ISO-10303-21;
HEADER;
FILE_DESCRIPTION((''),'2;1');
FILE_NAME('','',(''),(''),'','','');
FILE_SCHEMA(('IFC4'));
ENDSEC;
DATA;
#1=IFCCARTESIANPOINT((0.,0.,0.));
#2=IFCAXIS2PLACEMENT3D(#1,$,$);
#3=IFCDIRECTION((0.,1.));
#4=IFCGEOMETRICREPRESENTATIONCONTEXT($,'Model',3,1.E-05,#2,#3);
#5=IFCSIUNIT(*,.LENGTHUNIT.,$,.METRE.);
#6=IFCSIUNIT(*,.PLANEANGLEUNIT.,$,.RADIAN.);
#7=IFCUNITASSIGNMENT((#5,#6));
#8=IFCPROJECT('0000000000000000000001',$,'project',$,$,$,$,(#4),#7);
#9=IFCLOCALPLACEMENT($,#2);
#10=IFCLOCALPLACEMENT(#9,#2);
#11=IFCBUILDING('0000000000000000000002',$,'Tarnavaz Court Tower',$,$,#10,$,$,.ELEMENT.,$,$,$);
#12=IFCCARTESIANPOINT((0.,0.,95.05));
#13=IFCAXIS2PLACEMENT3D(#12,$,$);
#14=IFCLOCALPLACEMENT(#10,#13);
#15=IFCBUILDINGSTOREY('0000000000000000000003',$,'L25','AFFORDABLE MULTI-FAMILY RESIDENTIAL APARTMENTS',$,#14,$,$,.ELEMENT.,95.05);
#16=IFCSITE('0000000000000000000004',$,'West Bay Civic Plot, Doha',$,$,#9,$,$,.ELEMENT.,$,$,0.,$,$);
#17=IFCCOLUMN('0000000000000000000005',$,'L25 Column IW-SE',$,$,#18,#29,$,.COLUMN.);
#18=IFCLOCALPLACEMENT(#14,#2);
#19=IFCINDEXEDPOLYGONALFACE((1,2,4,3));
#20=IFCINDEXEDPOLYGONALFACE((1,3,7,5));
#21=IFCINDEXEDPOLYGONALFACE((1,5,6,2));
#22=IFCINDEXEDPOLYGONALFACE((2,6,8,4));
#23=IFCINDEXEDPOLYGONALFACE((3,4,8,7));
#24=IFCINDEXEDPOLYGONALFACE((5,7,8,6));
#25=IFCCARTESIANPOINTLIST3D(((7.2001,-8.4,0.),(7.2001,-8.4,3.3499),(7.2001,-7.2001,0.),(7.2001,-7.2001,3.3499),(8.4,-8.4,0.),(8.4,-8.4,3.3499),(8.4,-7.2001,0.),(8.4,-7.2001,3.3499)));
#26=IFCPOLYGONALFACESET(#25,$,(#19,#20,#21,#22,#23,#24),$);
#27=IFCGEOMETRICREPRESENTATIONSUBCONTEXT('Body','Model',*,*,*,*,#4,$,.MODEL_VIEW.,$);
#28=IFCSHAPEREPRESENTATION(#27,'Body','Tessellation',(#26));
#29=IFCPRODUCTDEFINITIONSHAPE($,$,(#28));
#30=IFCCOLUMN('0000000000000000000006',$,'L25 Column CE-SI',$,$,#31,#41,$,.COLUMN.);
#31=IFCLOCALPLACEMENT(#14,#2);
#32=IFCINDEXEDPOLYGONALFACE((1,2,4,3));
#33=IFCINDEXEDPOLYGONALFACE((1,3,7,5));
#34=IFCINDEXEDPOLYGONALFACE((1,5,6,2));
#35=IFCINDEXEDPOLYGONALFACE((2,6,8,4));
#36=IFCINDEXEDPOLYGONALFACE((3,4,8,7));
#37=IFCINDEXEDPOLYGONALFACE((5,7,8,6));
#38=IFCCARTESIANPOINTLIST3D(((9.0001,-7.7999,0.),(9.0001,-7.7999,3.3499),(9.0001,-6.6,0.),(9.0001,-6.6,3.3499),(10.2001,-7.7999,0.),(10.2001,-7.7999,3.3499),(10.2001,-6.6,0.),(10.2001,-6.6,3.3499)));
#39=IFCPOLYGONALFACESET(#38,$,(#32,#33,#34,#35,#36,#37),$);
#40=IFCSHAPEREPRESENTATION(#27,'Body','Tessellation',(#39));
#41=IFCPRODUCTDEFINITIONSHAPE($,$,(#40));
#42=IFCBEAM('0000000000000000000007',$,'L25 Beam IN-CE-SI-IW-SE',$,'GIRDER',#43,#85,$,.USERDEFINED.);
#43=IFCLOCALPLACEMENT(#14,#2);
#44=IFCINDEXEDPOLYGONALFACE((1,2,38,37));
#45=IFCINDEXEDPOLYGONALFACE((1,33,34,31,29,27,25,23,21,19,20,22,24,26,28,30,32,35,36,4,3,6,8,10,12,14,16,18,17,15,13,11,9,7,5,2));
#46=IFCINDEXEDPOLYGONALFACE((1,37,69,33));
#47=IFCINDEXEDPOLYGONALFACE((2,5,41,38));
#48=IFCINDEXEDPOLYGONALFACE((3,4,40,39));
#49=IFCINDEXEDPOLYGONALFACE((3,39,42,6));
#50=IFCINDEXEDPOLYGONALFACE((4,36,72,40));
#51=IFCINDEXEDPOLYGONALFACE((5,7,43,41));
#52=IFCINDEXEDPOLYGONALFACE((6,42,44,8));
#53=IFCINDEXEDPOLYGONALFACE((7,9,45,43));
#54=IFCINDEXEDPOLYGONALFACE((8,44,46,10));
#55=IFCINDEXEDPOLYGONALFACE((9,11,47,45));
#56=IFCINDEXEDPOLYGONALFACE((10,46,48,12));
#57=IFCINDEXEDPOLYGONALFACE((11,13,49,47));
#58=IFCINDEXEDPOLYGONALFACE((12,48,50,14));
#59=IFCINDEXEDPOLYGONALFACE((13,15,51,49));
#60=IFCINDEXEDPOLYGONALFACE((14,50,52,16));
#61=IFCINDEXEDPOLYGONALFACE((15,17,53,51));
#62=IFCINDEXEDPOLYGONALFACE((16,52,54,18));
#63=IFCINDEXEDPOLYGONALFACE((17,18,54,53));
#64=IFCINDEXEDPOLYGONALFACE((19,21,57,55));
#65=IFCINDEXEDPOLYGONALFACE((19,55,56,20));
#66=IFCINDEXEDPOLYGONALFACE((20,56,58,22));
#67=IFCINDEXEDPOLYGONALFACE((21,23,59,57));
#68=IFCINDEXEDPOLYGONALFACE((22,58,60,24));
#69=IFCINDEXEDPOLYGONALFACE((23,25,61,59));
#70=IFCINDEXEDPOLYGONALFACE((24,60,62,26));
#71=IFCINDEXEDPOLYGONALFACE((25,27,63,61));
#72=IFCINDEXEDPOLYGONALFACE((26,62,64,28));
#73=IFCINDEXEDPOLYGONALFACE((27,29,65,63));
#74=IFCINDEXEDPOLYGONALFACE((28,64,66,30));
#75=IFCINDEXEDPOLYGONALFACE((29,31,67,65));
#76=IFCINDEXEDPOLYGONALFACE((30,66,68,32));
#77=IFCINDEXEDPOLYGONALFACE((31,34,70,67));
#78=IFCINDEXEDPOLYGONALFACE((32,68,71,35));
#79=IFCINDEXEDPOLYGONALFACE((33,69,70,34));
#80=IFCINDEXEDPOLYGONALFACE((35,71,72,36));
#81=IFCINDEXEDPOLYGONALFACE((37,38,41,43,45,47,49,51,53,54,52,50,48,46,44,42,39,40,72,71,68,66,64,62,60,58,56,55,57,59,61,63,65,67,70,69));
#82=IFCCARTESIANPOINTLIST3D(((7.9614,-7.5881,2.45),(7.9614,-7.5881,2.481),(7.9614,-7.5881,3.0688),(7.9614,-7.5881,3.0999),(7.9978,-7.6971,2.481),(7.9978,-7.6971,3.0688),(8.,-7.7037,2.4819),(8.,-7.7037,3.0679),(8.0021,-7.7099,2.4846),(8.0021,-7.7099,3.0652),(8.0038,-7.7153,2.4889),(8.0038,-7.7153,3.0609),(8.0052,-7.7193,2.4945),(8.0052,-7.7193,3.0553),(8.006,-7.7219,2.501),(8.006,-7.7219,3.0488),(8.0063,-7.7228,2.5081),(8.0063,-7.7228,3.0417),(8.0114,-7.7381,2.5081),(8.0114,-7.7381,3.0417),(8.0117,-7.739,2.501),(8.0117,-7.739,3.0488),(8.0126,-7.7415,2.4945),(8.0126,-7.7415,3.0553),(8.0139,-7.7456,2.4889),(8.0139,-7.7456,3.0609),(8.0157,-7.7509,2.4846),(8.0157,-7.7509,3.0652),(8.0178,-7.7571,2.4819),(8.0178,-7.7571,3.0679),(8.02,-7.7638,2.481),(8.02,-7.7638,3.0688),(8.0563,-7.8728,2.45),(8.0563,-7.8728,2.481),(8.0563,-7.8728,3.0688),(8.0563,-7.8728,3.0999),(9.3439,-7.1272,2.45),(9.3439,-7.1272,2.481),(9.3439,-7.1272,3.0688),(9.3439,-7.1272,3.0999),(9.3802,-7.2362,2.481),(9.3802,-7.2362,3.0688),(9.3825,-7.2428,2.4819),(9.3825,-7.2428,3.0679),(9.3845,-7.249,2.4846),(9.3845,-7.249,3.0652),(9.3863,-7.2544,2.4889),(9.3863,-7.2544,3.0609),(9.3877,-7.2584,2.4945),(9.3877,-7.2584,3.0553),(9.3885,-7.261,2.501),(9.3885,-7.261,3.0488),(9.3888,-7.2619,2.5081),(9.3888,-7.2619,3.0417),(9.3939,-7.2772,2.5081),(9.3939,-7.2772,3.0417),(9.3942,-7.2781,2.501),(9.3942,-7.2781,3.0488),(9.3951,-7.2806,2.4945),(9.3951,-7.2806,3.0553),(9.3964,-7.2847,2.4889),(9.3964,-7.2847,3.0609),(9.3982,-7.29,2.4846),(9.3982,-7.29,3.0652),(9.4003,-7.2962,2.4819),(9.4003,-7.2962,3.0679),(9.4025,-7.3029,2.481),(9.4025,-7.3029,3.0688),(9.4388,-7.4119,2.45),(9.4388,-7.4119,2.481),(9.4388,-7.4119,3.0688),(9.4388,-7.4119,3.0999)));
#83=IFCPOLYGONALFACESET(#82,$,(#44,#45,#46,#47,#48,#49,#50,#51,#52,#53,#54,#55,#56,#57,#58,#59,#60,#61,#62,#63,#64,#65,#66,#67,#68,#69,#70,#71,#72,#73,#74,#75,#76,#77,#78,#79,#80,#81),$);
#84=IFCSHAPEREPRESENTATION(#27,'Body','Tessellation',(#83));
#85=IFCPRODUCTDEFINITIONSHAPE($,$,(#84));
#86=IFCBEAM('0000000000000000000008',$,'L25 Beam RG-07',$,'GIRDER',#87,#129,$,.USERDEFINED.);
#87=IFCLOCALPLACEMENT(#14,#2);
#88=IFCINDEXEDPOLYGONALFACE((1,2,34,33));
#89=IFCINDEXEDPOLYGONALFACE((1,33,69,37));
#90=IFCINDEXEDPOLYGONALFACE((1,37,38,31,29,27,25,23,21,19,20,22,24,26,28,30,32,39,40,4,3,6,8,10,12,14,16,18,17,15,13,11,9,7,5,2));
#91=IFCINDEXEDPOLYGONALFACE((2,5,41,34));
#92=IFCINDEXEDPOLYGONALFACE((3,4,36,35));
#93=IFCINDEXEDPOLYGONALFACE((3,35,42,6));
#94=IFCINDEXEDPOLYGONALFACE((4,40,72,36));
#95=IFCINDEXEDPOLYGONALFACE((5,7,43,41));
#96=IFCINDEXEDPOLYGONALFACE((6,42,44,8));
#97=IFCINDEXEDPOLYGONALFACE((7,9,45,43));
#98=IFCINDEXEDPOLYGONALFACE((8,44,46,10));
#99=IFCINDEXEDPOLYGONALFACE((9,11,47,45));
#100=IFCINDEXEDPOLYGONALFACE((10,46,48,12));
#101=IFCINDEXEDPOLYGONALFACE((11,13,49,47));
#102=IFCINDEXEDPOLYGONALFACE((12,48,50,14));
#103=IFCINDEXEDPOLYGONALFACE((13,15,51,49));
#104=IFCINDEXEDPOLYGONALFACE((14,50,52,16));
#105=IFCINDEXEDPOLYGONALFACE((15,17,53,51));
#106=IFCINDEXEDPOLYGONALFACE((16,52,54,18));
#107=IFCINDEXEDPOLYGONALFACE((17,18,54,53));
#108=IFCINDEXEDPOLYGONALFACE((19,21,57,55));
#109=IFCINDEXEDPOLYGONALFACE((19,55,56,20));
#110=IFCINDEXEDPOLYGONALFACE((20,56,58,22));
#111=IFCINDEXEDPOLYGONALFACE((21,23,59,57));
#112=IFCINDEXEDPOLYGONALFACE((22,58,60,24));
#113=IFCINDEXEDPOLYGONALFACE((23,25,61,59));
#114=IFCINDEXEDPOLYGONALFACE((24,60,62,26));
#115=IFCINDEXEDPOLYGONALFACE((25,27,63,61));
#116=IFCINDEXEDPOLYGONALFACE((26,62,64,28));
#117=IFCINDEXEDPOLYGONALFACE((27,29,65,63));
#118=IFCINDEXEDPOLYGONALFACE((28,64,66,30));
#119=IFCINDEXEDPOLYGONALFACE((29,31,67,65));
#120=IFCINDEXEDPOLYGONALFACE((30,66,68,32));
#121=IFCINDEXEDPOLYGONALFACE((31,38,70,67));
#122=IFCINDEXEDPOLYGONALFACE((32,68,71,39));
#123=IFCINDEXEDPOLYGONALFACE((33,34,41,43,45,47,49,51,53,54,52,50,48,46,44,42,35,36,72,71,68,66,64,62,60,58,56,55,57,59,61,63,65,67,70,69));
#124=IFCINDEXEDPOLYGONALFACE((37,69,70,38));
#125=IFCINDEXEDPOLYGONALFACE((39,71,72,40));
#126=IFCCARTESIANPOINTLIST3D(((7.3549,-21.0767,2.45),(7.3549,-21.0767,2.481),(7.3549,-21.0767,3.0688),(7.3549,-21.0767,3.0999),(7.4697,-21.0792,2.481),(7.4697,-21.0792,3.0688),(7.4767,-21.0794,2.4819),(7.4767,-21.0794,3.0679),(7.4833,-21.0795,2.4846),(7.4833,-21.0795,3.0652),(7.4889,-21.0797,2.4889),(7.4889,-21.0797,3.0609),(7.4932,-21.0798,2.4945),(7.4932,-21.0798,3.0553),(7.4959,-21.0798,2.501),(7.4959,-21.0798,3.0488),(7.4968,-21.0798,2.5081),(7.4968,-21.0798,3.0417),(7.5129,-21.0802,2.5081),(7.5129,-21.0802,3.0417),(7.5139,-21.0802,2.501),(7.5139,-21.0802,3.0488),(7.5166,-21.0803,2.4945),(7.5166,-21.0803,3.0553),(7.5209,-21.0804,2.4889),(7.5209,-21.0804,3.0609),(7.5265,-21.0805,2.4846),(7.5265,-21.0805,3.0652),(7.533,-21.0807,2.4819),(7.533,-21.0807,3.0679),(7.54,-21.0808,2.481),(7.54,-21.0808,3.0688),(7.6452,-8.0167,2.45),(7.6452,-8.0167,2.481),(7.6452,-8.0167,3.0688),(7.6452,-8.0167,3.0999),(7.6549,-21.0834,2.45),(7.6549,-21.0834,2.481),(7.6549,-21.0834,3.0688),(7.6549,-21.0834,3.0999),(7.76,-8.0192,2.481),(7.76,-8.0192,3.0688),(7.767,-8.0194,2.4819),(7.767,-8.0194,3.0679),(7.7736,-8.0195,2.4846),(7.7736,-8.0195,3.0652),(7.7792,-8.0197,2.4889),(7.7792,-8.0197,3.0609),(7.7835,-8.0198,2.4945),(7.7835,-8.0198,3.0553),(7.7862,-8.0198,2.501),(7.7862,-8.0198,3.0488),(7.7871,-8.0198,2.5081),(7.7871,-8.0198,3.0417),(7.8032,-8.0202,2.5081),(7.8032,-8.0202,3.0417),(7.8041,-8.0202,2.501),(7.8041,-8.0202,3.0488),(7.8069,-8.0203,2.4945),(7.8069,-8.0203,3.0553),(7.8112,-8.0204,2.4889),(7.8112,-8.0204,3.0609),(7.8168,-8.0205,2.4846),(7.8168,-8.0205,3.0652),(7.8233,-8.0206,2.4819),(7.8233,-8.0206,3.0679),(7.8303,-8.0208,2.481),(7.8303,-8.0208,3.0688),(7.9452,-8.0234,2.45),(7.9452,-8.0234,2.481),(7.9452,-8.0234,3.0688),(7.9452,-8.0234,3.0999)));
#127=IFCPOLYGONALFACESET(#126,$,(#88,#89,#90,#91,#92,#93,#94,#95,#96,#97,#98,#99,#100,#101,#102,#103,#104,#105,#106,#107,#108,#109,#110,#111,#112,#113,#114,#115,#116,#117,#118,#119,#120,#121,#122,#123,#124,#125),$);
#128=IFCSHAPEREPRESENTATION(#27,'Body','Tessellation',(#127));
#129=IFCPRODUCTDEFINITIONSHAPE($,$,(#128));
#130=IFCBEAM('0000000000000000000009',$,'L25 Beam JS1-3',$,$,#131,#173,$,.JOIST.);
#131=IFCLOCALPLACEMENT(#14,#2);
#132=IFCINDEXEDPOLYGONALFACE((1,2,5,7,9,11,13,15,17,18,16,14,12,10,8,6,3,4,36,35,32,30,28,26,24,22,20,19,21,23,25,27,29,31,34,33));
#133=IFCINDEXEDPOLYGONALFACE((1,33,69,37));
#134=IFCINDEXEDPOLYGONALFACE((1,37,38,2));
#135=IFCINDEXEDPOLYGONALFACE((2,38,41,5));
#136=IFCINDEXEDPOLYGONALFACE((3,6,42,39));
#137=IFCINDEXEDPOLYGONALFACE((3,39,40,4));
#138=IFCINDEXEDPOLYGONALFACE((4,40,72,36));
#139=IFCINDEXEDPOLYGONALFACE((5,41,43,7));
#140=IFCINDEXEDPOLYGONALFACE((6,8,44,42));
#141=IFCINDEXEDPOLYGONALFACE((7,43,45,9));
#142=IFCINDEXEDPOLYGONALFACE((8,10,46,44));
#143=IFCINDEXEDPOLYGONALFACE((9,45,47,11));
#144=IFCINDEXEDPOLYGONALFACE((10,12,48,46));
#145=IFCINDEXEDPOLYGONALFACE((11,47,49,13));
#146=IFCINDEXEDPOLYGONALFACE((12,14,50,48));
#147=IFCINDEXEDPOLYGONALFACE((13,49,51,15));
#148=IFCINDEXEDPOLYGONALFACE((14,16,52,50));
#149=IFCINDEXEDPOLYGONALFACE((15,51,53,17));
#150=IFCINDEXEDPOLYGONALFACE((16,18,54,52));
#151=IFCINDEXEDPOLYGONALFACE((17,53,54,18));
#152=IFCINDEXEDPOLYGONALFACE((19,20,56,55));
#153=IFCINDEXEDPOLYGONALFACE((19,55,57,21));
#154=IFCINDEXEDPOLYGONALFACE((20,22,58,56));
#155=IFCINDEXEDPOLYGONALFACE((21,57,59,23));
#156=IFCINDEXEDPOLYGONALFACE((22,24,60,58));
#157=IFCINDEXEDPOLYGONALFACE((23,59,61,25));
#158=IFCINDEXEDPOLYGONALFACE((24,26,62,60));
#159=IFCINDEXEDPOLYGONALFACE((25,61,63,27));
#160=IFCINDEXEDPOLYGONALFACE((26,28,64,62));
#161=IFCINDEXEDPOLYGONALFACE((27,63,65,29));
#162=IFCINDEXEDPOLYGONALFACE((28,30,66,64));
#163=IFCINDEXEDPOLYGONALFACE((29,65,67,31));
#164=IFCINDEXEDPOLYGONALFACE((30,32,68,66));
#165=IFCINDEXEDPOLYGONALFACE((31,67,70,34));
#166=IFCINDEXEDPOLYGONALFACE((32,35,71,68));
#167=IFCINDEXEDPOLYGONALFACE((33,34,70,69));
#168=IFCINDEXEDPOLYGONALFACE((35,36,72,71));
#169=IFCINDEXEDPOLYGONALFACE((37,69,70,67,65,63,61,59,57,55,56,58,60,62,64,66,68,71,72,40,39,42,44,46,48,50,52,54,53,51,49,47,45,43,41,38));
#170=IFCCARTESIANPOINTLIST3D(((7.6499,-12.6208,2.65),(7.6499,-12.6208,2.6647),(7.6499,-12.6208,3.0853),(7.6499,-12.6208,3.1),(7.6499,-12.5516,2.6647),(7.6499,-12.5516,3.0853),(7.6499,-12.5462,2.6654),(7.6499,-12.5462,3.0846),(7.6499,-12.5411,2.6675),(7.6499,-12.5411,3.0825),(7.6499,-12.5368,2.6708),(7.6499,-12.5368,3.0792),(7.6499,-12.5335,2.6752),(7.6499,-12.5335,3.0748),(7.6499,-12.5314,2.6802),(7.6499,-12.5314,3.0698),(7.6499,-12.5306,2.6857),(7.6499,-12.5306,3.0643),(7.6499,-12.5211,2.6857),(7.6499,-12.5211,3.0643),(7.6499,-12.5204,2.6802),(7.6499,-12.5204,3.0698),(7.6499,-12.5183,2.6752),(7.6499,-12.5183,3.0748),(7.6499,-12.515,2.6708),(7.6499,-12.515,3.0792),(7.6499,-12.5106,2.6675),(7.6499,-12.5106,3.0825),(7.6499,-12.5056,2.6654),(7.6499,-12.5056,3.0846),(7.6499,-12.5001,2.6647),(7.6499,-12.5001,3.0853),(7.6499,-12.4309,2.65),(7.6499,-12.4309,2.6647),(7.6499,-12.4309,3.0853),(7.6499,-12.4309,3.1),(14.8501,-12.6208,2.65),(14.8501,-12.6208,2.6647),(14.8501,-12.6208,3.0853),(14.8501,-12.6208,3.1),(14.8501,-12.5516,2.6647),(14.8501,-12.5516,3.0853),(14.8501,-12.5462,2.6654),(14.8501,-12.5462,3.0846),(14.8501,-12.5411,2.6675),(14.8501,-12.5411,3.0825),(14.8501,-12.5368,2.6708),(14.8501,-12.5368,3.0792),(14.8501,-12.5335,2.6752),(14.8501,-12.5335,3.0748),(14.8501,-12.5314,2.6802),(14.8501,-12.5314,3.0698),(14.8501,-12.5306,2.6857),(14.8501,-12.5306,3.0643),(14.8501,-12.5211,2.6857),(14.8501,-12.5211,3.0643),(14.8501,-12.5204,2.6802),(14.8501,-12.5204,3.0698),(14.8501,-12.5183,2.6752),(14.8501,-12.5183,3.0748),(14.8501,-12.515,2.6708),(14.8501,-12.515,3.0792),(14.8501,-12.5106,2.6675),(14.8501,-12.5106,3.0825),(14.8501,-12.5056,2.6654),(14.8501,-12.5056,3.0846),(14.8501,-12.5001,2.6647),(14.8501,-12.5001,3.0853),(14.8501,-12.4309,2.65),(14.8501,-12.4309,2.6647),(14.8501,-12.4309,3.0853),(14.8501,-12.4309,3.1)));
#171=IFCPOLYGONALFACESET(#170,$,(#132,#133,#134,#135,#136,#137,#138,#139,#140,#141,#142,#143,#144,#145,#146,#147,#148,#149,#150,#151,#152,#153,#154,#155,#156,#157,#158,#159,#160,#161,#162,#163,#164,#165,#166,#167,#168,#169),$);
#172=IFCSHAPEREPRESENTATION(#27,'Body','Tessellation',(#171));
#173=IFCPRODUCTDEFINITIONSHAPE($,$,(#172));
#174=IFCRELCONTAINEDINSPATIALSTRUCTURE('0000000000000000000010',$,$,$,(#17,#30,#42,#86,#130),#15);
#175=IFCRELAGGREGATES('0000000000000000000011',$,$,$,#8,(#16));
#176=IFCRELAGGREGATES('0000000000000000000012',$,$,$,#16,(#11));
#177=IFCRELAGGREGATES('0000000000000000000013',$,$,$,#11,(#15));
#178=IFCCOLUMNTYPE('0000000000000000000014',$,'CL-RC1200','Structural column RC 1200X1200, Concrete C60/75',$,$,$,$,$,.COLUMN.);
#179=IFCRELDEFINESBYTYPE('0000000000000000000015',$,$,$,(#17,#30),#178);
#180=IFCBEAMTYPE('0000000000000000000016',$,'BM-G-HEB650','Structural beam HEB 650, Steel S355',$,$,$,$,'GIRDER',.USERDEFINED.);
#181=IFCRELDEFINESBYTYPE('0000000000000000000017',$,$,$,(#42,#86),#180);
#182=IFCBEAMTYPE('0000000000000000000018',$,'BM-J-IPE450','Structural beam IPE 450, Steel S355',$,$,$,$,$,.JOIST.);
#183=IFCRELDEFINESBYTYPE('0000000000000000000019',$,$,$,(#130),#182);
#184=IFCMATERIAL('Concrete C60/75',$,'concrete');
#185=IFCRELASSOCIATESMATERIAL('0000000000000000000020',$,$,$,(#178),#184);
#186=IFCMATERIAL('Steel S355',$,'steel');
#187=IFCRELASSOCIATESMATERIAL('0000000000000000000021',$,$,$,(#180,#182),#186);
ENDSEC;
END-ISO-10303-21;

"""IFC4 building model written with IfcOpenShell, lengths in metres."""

from ifc_helpers import new_model, si_unit, direction, frame, origin, origin_2d, place, context, subcontext, project, spatial, rectangle, i_section, extrude, material, material_profile, profile_set, type_object, element, save


model = new_model("IFC4")

# Units and contexts
model_context = context("Model", 3, precision=1e-05, world=origin(), true_north=direction((0.0, 1.0)))
body_context = subcontext(model_context, "Body", "Model", "MODEL_VIEW")
ifc_project = project(units=[si_unit("LENGTHUNIT", "METRE"), si_unit("PLANEANGLEUNIT", "RADIAN")], contexts=[model_context])

# Site, building, storey
site_placement = place(None, origin())
site = spatial("IfcSite", under=ifc_project, at=site_placement, Name="West Bay Civic Plot, Doha", CompositionType="ELEMENT", RefElevation=0.0)
building_placement = place(site_placement, origin())
building = spatial("IfcBuilding", under=site, at=building_placement, Name="Tarnavaz Court Tower", CompositionType="ELEMENT")
storey_placement = place(building_placement, frame((0.0, 0.0, 95.05)))
storey = spatial("IfcBuildingStorey", under=building, at=storey_placement, Name="L25", Description="AFFORDABLE MULTI-FAMILY RESIDENTIAL APARTMENTS", CompositionType="ELEMENT", Elevation=95.05)

# Columns
ifc_material_1 = material(Name="Concrete C60/75", Category="concrete")
ifc_material_profile_1 = material_profile(ifc_material_1, rectangle(XDim=1.2, YDim=1.2, at=origin_2d()), Name="RC 1200X1200")
ifc_profile_set_1 = profile_set([ifc_material_profile_1], Name="Concrete C60/75")
column_type = type_object("IfcColumnType", Name="CL-RC1200", Description="Structural column RC 1200X1200, Concrete C60/75", PredefinedType="COLUMN", material=ifc_profile_set_1)
for number, where, z_axis, x_axis, name in (
    (1, (7.8, -7.8, 0.0), (0.0, 0.0, 1.0), (1.0, 0.0, 0.0), "L25 Column IW-SE"),
    (2, (9.6001, -7.2, 0.0), (0.0, 0.0, 1.0), (1.0, 0.0, 0.0), "L25 Column CE-SI"),
):
    element("IfcColumn", number, at=place(storey_placement, frame(where, z_axis=z_axis, x_axis=x_axis)), inside=storey, type_object=column_type, Name=name, PredefinedType="COLUMN", context=body_context, shape_type="SweptSolid", body=[
        extrude(rectangle(XDim=1.2, YDim=1.2, at=origin_2d()), origin(), (0.0, 0.0, 1.0), 3.3499),
    ])

# Beams
ifc_material_2 = material(Name="Steel S355", Category="steel")
ifc_material_profile_2 = material_profile(ifc_material_2, i_section(OverallWidth=0.3, OverallDepth=0.6499, WebThickness=0.0161, FlangeThickness=0.031, FilletRadius=0.0271, at=origin_2d()), Name="HEB 650")
ifc_profile_set_2 = profile_set([ifc_material_profile_2], Name="Steel S355")
beam_type_1 = type_object("IfcBeamType", Name="BM-G-HEB650", Description="Structural beam HEB 650, Steel S355", ElementType="GIRDER", PredefinedType="USERDEFINED", material=ifc_profile_set_2)
beam_1_placement = place(storey_placement, frame((9.3914, -7.2695, 2.7749), z_axis=(-0.948667, -0.316278, 0.0), x_axis=(0.316278, -0.948667, 0.0)))
element("IfcBeam", 3, at=beam_1_placement, inside=storey, type_object=beam_type_1, Name="L25 Beam IN-CE-SI-IW-SE", ObjectType="GIRDER", PredefinedType="USERDEFINED", context=body_context, shape_type="SweptSolid", body=[
    extrude(i_section(OverallWidth=0.3, OverallDepth=0.6499, WebThickness=0.0161, FlangeThickness=0.031, FilletRadius=0.0271, at=origin_2d()), origin(), (0.0, 0.0, 1.0), 1.4573),
])
beam_2_placement = place(storey_placement, frame((7.7952, -8.02, 2.7749), z_axis=(-0.022221, -0.999753, 0.0), x_axis=(0.999753, -0.022221, 0.0)))
element("IfcBeam", 4, at=beam_2_placement, inside=storey, type_object=beam_type_1, Name="L25 Beam RG-07", ObjectType="GIRDER", PredefinedType="USERDEFINED", context=body_context, shape_type="SweptSolid", body=[
    extrude(i_section(OverallWidth=0.3, OverallDepth=0.6499, WebThickness=0.0161, FlangeThickness=0.031, FilletRadius=0.0271, at=origin_2d()), origin(), (0.0, 0.0, 1.0), 13.0632),
])
ifc_material_profile_3 = material_profile(ifc_material_2, i_section(OverallWidth=0.1899, OverallDepth=0.45, WebThickness=0.0095, FlangeThickness=0.0146, FilletRadius=0.021, at=origin_2d()), Name="IPE 450")
ifc_profile_set_3 = profile_set([ifc_material_profile_3], Name="Steel S355")
beam_type_2 = type_object("IfcBeamType", Name="BM-J-IPE450", Description="Structural beam IPE 450, Steel S355", PredefinedType="JOIST", material=ifc_profile_set_3)
beam_3_placement = place(storey_placement, frame((7.6499, -12.5259, 2.875), z_axis=(1.0, 0.0, 0.0), x_axis=(0.0, 1.0, 0.0)))
element("IfcBeam", 5, at=beam_3_placement, inside=storey, type_object=beam_type_2, Name="L25 Beam JS1-3", PredefinedType="JOIST", context=body_context, shape_type="SweptSolid", body=[
    extrude(i_section(OverallWidth=0.1899, OverallDepth=0.45, WebThickness=0.0095, FlangeThickness=0.0146, FilletRadius=0.021, at=origin_2d()), origin(), (0.0, 0.0, 1.0), 7.2002),
])

save(model, "model.ifc")
